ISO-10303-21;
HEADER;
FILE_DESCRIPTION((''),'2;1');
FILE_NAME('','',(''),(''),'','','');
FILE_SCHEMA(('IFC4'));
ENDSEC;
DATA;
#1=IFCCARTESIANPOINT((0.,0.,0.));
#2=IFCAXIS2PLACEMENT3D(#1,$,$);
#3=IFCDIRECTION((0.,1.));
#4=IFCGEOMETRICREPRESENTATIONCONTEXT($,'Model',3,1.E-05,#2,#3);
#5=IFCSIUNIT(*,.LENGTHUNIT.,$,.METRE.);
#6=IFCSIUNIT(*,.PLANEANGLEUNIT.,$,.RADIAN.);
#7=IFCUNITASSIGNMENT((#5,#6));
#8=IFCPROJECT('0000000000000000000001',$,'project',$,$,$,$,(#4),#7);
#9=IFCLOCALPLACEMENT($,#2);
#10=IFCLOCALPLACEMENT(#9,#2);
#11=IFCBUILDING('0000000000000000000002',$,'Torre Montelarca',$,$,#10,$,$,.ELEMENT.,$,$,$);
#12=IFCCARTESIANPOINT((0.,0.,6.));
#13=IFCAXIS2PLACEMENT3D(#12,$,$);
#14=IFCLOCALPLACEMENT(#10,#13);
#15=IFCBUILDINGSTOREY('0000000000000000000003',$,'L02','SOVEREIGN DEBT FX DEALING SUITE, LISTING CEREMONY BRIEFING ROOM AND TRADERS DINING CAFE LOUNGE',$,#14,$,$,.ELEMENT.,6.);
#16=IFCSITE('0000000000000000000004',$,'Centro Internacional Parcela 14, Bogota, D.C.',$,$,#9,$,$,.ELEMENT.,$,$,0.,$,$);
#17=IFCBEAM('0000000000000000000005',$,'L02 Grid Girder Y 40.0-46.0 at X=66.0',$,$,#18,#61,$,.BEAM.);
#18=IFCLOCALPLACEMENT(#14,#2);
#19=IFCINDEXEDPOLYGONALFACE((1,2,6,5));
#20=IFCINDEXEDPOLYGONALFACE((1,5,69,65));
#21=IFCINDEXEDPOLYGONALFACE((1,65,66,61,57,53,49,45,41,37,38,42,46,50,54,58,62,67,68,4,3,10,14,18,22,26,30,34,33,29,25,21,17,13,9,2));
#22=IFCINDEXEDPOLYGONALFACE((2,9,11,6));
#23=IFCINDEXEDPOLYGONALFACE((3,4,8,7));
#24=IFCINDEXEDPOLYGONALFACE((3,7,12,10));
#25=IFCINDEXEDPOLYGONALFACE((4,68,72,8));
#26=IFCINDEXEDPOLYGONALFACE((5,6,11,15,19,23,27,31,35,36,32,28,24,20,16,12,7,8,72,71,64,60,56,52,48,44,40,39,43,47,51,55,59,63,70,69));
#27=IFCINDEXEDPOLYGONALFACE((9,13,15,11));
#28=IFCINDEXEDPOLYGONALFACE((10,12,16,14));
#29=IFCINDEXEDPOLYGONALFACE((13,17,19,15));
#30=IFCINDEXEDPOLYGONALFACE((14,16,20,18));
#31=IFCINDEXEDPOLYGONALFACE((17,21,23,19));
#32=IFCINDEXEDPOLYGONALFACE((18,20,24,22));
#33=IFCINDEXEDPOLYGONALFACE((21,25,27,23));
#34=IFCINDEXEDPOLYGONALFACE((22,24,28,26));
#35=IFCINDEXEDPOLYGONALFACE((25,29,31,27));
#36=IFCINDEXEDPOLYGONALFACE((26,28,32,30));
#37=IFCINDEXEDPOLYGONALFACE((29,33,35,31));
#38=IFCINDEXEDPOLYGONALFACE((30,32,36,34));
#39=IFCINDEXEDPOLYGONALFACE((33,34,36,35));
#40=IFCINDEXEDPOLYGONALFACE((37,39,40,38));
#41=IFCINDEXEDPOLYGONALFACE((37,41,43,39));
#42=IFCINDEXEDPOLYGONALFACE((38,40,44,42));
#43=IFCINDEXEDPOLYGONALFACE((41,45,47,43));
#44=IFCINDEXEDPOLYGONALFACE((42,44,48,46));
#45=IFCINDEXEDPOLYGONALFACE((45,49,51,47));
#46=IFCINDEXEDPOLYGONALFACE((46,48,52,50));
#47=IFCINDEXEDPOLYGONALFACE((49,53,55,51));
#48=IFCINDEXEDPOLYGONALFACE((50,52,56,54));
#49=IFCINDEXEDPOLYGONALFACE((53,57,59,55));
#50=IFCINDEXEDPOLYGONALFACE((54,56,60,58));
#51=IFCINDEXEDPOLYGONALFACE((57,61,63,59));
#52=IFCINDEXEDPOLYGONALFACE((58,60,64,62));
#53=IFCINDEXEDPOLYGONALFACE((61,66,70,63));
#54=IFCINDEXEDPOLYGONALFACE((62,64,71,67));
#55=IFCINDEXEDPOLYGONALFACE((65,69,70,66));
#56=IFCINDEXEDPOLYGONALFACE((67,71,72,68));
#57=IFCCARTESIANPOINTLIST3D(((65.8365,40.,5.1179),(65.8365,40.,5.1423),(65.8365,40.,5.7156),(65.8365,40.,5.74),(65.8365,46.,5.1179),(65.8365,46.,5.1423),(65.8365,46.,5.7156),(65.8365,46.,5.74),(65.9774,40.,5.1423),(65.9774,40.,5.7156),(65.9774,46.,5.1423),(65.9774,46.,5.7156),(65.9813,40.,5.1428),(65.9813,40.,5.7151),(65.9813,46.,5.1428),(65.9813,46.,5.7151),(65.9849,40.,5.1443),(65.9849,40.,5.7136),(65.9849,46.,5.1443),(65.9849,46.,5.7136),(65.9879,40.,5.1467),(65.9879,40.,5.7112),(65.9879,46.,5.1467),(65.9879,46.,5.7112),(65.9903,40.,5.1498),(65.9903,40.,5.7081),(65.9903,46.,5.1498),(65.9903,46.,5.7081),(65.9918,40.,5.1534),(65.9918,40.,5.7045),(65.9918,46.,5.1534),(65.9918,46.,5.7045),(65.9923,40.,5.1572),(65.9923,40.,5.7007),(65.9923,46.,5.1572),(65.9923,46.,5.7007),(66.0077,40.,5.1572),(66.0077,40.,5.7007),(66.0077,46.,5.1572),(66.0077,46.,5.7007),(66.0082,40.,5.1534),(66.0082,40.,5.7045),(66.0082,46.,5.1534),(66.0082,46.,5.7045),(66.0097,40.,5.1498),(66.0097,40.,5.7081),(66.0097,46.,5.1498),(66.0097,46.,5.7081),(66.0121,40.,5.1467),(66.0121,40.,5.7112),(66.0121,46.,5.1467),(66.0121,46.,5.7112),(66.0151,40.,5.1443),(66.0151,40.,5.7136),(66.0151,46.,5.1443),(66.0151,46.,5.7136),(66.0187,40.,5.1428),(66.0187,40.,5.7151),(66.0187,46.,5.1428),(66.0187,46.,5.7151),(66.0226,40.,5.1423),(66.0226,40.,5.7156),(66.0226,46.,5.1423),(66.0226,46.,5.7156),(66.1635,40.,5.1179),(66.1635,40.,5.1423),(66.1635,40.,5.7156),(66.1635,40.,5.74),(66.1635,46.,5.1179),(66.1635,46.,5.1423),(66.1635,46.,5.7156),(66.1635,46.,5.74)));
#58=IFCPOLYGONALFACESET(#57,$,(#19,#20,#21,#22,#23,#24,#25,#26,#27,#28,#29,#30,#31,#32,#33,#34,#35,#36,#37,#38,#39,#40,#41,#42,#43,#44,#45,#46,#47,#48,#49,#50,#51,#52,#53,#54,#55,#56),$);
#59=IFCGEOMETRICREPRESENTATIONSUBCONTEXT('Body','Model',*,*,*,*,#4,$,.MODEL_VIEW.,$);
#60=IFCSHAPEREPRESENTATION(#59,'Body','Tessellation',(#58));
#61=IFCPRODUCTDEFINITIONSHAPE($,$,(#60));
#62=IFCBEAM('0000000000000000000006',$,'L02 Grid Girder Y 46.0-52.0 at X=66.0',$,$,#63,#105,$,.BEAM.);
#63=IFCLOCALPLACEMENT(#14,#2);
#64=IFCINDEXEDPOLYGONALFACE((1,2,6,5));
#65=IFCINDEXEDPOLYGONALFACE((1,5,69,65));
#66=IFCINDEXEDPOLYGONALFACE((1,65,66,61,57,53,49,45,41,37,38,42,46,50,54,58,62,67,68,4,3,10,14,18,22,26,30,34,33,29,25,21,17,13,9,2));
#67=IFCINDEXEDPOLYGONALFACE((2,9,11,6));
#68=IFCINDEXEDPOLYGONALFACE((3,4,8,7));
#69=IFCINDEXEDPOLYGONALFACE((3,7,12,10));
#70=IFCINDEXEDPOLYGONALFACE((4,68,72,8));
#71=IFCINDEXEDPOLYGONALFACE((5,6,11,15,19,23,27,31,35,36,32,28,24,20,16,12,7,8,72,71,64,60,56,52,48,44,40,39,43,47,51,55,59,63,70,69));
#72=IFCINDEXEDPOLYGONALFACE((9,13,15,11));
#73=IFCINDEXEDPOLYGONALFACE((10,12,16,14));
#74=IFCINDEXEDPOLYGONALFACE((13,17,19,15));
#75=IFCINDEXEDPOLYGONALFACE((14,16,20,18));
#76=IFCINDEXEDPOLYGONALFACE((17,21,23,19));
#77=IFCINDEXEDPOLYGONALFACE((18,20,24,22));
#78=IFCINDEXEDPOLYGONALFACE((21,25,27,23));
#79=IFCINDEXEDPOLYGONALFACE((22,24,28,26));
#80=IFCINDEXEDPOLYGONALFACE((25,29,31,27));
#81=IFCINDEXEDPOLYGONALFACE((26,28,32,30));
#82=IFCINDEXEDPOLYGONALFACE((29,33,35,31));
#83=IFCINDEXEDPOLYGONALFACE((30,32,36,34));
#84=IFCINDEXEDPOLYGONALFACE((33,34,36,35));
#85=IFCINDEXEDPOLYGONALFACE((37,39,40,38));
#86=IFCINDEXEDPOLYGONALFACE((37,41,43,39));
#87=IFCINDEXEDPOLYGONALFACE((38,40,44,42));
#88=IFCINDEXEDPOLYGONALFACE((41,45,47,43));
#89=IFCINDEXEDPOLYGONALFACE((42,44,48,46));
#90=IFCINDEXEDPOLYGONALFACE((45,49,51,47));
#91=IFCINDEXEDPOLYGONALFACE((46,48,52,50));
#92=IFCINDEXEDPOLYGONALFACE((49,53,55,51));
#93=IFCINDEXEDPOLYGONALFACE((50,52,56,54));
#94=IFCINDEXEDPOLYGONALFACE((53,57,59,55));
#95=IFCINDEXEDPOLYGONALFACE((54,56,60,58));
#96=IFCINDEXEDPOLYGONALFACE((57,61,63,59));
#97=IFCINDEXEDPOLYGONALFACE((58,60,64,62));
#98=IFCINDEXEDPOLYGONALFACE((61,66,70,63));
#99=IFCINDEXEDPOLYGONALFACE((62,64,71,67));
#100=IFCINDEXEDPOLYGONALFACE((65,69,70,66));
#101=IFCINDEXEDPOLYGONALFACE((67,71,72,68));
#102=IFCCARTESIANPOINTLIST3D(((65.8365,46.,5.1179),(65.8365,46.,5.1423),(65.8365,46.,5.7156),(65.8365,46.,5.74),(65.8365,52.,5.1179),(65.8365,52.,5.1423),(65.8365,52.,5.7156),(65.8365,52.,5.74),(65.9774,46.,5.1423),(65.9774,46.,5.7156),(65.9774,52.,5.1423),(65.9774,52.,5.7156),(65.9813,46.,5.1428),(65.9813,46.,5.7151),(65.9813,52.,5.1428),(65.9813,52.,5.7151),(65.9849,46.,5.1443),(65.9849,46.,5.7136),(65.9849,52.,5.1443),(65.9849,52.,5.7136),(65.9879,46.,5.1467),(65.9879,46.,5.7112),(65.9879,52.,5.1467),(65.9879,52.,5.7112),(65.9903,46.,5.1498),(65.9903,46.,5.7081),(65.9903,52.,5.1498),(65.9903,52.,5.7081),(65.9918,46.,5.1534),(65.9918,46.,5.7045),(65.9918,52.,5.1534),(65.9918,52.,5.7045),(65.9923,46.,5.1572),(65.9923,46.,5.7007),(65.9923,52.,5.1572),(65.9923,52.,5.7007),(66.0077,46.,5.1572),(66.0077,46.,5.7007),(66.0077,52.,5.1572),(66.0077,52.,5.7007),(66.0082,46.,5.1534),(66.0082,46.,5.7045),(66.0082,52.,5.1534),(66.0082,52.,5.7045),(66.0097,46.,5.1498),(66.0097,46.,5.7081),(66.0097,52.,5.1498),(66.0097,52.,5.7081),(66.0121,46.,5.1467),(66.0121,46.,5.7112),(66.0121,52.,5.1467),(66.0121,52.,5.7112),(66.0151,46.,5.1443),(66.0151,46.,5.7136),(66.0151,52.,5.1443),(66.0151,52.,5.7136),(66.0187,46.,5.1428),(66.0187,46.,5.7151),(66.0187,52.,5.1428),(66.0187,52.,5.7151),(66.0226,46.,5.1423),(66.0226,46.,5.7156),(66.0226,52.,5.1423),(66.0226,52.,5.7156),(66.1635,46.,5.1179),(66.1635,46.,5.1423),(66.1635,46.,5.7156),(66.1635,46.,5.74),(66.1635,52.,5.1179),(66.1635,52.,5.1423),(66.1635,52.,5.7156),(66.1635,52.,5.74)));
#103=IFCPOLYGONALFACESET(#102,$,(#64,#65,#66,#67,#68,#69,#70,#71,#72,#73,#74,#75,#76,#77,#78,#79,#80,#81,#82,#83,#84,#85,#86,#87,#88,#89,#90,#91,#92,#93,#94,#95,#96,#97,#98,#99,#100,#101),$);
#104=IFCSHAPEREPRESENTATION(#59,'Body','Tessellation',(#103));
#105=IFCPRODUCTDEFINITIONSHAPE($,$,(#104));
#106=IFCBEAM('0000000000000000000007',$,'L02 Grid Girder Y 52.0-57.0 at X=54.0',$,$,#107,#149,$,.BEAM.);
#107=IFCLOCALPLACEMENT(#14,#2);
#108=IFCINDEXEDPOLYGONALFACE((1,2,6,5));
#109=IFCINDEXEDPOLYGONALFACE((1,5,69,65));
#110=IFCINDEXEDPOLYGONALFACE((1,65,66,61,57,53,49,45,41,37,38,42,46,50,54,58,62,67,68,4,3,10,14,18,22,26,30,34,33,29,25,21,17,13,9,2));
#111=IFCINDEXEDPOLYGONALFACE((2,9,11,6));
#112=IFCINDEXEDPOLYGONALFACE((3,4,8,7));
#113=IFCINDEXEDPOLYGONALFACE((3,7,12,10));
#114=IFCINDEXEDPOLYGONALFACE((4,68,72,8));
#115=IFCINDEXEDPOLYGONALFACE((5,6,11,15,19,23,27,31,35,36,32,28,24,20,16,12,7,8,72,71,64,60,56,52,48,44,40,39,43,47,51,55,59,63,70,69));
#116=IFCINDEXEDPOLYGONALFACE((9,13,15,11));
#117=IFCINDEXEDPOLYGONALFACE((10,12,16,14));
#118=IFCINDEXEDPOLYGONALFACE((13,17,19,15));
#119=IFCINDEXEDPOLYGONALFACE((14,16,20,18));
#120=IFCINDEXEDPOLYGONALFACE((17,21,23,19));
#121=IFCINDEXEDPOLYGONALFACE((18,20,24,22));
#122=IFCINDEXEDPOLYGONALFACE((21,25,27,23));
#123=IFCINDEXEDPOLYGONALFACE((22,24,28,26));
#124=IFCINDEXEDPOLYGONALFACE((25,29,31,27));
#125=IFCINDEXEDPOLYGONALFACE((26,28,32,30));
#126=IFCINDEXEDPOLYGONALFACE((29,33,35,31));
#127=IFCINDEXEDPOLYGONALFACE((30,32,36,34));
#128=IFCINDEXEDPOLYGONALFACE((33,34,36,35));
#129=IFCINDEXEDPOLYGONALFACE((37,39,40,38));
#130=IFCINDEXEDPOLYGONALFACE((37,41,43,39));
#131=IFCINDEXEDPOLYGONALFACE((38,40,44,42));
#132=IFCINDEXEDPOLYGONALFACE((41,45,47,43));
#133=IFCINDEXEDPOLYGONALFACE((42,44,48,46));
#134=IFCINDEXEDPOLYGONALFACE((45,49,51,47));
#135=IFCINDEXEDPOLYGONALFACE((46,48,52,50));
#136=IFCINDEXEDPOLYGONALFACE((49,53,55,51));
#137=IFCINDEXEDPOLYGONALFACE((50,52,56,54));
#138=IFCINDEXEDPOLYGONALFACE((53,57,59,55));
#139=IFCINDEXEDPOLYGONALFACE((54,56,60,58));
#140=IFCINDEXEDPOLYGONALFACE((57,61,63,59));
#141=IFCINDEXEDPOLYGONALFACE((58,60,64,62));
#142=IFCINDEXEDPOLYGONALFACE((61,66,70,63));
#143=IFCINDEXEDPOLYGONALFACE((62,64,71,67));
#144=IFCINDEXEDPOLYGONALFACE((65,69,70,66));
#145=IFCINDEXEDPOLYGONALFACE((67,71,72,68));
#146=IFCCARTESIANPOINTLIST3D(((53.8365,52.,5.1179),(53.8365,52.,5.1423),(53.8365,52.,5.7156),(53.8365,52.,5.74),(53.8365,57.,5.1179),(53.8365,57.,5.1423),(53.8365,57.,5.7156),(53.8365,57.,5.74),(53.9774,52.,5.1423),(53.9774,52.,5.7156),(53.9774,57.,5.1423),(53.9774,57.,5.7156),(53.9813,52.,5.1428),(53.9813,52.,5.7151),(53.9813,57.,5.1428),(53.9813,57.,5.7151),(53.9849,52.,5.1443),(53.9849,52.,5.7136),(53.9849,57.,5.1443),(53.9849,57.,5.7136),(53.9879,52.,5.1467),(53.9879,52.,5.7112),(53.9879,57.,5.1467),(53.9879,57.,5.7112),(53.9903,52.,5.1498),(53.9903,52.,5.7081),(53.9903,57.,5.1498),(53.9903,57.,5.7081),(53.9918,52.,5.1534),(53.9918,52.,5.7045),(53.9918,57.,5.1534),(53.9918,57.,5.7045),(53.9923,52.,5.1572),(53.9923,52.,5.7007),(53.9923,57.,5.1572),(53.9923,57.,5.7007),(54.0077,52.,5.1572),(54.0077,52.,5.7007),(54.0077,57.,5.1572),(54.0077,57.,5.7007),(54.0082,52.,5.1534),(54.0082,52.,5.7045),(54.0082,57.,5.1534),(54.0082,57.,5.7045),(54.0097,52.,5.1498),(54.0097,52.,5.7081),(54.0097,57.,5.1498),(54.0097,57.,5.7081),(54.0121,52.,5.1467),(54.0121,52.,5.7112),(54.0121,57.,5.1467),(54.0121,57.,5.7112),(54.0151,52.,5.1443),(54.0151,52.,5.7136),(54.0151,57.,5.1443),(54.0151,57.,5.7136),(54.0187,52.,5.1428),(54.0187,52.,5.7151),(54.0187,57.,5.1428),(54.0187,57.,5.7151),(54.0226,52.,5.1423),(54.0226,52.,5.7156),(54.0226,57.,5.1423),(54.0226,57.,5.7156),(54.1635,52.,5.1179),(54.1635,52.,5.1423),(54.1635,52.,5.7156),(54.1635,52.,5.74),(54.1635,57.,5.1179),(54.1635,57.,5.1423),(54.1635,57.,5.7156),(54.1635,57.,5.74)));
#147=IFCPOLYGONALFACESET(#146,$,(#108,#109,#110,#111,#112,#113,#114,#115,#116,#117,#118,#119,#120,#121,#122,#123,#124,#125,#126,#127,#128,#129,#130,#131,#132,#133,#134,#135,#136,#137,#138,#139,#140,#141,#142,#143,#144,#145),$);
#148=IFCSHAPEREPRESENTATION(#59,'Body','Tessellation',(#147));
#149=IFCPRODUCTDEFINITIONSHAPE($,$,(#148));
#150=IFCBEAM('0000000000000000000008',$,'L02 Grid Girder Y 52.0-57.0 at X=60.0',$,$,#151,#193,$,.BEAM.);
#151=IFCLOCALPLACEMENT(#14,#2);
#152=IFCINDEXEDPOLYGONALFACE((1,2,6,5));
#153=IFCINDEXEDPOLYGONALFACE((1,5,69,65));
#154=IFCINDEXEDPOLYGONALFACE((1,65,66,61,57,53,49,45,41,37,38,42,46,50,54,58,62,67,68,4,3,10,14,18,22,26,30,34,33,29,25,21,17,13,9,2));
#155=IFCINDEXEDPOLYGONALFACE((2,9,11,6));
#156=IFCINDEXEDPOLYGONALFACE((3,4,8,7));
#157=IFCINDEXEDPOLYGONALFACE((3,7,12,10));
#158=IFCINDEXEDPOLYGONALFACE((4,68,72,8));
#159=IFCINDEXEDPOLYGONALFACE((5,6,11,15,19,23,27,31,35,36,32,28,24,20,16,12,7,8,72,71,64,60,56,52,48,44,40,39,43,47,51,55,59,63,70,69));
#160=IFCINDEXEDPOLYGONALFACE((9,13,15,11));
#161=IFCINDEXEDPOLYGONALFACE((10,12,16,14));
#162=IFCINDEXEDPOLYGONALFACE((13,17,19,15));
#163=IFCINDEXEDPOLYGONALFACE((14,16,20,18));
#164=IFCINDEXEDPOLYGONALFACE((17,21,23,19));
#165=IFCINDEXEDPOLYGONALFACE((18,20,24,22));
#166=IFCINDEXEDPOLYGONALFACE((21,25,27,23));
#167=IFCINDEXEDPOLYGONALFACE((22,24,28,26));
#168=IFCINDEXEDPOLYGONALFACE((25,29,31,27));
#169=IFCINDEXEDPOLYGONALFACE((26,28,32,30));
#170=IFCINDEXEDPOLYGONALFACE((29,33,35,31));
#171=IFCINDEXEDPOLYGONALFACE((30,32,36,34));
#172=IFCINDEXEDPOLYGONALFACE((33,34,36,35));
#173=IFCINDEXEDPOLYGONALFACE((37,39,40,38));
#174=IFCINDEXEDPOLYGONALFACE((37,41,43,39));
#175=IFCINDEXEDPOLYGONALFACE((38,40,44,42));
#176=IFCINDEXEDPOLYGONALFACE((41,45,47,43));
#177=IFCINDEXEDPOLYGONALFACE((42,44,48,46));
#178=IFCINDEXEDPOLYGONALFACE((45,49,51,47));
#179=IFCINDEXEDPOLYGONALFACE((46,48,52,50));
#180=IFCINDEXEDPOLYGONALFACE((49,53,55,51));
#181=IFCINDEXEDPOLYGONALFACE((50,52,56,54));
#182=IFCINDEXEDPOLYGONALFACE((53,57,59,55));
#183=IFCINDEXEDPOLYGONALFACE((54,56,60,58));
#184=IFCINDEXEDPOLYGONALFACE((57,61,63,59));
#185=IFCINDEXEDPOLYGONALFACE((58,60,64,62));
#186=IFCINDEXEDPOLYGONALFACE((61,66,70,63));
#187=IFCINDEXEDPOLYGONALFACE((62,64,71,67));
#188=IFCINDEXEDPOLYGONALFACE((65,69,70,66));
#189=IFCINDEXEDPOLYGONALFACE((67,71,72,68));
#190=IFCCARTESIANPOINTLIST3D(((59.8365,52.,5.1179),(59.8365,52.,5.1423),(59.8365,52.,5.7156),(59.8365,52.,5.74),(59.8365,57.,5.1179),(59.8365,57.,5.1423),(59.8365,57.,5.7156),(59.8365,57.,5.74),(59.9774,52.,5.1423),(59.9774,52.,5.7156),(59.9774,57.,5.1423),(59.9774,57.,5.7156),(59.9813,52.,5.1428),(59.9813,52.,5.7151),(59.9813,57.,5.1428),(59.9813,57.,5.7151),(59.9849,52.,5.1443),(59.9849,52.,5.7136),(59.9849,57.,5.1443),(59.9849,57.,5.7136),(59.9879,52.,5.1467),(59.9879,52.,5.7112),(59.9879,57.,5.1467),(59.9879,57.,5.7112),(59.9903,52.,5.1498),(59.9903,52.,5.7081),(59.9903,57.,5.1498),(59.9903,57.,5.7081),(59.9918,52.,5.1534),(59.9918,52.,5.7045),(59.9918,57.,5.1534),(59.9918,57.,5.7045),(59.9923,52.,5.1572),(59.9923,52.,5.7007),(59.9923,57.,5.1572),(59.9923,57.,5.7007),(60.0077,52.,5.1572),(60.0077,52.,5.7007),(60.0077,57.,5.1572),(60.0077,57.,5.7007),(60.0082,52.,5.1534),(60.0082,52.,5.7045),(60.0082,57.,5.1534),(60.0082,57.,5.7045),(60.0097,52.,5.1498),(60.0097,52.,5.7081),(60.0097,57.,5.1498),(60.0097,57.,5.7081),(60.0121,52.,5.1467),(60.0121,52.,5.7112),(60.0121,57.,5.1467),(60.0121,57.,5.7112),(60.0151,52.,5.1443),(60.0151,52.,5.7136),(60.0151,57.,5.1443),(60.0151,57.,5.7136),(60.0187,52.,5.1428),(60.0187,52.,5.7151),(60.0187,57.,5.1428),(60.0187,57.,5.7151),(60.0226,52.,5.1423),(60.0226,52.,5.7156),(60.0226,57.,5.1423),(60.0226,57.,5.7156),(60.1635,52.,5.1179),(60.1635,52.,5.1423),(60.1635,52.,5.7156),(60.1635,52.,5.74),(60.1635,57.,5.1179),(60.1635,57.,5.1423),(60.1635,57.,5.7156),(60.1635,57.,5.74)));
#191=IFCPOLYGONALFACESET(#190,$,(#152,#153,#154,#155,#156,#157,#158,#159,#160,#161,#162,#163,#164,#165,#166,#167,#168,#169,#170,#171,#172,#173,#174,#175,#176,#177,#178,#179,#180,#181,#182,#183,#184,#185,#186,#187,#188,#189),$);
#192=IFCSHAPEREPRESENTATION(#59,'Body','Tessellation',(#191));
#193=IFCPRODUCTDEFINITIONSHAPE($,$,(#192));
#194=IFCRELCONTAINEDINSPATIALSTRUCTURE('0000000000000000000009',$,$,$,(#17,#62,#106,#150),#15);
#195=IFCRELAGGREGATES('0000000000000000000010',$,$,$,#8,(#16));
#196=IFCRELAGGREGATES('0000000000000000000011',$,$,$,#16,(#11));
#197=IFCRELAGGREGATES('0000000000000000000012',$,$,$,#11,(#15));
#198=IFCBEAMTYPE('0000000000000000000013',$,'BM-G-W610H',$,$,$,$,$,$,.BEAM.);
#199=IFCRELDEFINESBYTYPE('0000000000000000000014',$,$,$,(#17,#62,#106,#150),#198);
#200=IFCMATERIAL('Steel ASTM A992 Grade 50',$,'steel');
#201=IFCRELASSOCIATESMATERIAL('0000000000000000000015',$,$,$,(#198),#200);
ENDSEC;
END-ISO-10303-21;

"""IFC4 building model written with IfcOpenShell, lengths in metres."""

from ifc_helpers import new_model, si_unit, direction, frame, origin, origin_2d, place, context, subcontext, project, spatial, i_section, extrude, source, transform, mapped, material, material_profile, profile_set, type_object, element, save


model = new_model("IFC4")

# Units and contexts
model_context = context("Model", 3, precision=1e-05, world=origin(), true_north=direction((0.0, 1.0)))
body_context = subcontext(model_context, "Body", "Model", "MODEL_VIEW")
ifc_project = project(units=[si_unit("LENGTHUNIT", "METRE"), si_unit("PLANEANGLEUNIT", "RADIAN")], contexts=[model_context])

# Site, building, storey
site_placement = place(None, origin())
site = spatial("IfcSite", under=ifc_project, at=site_placement, Name="Centro Internacional Parcela 14, Bogota, D.C.", CompositionType="ELEMENT", RefElevation=0.0)
building_placement = place(site_placement, origin())
building = spatial("IfcBuilding", under=site, at=building_placement, Name="Torre Montelarca", CompositionType="ELEMENT")
storey_placement = place(building_placement, frame((0.0, 0.0, 6.0)))
storey = spatial("IfcBuildingStorey", under=building, at=storey_placement, Name="L02", Description="SOVEREIGN DEBT FX DEALING SUITE, LISTING CEREMONY BRIEFING ROOM AND TRADERS DINING CAFE LOUNGE", CompositionType="ELEMENT", Elevation=6.0)

# Shared definitions
ifc_material_1 = material(Name="Steel ASTM A992 Grade 50", Category="steel")

# Beams
ifc_material_profile_1 = material_profile(ifc_material_1, i_section(OverallWidth=0.3269, OverallDepth=0.6221, WebThickness=0.0154, FlangeThickness=0.0244, FilletRadius=0.0149, at=origin_2d()), Name="W610X195", Category="steel")
ifc_profile_set_1 = profile_set([ifc_material_profile_1], Name="Steel ASTM A992 Grade 50")
beam_type_1 = type_object("IfcBeamType", Name="BM-G-W610H", PredefinedType="BEAM", material=ifc_profile_set_1)
shared_shape_1 = source(origin(), body_context, "Body", "SweptSolid", [
    extrude(i_section(OverallWidth=0.3269, OverallDepth=0.6221, WebThickness=0.0154, FlangeThickness=0.0244, FilletRadius=0.0149, at=origin_2d()), origin(), (0.0, 0.0, 1.0), 6.0),
])
for number, where, z_axis, x_axis, name in (
    (1, (66.0, 40.0, 5.429), (0.0, 1.0, 0.0), (-1.0, 0.0, 0.0), "L02 Grid Girder Y 40.0-46.0 at X=66.0"),
    (2, (66.0, 46.0, 5.429), (0.0, 1.0, 0.0), (-1.0, 0.0, 0.0), "L02 Grid Girder Y 46.0-52.0 at X=66.0"),
):
    element("IfcBeam", number, at=place(storey_placement, frame(where, z_axis=z_axis, x_axis=x_axis)), inside=storey, type_object=beam_type_1, Name=name, PredefinedType="BEAM", context=body_context, shape_type="MappedRepresentation", body=[
        mapped(shared_shape_1, transform((0.0, 0.0, 0.0), scale=1.0)),
    ])
shared_shape_2 = source(origin(), body_context, "Body", "SweptSolid", [
    extrude(i_section(OverallWidth=0.3269, OverallDepth=0.6221, WebThickness=0.0154, FlangeThickness=0.0244, FilletRadius=0.0149, at=origin_2d()), origin(), (0.0, 0.0, 1.0), 5.0),
])
for number, where, z_axis, x_axis, name in (
    (3, (54.0, 52.0, 5.429), (0.0, 1.0, 0.0), (-1.0, 0.0, 0.0), "L02 Grid Girder Y 52.0-57.0 at X=54.0"),
    (4, (60.0, 52.0, 5.429), (0.0, 1.0, 0.0), (-1.0, 0.0, 0.0), "L02 Grid Girder Y 52.0-57.0 at X=60.0"),
):
    element("IfcBeam", number, at=place(storey_placement, frame(where, z_axis=z_axis, x_axis=x_axis)), inside=storey, type_object=beam_type_1, Name=name, PredefinedType="BEAM", context=body_context, shape_type="MappedRepresentation", body=[
        mapped(shared_shape_2, transform((0.0, 0.0, 0.0), scale=1.0)),
    ])

save(model, "model.ifc")
